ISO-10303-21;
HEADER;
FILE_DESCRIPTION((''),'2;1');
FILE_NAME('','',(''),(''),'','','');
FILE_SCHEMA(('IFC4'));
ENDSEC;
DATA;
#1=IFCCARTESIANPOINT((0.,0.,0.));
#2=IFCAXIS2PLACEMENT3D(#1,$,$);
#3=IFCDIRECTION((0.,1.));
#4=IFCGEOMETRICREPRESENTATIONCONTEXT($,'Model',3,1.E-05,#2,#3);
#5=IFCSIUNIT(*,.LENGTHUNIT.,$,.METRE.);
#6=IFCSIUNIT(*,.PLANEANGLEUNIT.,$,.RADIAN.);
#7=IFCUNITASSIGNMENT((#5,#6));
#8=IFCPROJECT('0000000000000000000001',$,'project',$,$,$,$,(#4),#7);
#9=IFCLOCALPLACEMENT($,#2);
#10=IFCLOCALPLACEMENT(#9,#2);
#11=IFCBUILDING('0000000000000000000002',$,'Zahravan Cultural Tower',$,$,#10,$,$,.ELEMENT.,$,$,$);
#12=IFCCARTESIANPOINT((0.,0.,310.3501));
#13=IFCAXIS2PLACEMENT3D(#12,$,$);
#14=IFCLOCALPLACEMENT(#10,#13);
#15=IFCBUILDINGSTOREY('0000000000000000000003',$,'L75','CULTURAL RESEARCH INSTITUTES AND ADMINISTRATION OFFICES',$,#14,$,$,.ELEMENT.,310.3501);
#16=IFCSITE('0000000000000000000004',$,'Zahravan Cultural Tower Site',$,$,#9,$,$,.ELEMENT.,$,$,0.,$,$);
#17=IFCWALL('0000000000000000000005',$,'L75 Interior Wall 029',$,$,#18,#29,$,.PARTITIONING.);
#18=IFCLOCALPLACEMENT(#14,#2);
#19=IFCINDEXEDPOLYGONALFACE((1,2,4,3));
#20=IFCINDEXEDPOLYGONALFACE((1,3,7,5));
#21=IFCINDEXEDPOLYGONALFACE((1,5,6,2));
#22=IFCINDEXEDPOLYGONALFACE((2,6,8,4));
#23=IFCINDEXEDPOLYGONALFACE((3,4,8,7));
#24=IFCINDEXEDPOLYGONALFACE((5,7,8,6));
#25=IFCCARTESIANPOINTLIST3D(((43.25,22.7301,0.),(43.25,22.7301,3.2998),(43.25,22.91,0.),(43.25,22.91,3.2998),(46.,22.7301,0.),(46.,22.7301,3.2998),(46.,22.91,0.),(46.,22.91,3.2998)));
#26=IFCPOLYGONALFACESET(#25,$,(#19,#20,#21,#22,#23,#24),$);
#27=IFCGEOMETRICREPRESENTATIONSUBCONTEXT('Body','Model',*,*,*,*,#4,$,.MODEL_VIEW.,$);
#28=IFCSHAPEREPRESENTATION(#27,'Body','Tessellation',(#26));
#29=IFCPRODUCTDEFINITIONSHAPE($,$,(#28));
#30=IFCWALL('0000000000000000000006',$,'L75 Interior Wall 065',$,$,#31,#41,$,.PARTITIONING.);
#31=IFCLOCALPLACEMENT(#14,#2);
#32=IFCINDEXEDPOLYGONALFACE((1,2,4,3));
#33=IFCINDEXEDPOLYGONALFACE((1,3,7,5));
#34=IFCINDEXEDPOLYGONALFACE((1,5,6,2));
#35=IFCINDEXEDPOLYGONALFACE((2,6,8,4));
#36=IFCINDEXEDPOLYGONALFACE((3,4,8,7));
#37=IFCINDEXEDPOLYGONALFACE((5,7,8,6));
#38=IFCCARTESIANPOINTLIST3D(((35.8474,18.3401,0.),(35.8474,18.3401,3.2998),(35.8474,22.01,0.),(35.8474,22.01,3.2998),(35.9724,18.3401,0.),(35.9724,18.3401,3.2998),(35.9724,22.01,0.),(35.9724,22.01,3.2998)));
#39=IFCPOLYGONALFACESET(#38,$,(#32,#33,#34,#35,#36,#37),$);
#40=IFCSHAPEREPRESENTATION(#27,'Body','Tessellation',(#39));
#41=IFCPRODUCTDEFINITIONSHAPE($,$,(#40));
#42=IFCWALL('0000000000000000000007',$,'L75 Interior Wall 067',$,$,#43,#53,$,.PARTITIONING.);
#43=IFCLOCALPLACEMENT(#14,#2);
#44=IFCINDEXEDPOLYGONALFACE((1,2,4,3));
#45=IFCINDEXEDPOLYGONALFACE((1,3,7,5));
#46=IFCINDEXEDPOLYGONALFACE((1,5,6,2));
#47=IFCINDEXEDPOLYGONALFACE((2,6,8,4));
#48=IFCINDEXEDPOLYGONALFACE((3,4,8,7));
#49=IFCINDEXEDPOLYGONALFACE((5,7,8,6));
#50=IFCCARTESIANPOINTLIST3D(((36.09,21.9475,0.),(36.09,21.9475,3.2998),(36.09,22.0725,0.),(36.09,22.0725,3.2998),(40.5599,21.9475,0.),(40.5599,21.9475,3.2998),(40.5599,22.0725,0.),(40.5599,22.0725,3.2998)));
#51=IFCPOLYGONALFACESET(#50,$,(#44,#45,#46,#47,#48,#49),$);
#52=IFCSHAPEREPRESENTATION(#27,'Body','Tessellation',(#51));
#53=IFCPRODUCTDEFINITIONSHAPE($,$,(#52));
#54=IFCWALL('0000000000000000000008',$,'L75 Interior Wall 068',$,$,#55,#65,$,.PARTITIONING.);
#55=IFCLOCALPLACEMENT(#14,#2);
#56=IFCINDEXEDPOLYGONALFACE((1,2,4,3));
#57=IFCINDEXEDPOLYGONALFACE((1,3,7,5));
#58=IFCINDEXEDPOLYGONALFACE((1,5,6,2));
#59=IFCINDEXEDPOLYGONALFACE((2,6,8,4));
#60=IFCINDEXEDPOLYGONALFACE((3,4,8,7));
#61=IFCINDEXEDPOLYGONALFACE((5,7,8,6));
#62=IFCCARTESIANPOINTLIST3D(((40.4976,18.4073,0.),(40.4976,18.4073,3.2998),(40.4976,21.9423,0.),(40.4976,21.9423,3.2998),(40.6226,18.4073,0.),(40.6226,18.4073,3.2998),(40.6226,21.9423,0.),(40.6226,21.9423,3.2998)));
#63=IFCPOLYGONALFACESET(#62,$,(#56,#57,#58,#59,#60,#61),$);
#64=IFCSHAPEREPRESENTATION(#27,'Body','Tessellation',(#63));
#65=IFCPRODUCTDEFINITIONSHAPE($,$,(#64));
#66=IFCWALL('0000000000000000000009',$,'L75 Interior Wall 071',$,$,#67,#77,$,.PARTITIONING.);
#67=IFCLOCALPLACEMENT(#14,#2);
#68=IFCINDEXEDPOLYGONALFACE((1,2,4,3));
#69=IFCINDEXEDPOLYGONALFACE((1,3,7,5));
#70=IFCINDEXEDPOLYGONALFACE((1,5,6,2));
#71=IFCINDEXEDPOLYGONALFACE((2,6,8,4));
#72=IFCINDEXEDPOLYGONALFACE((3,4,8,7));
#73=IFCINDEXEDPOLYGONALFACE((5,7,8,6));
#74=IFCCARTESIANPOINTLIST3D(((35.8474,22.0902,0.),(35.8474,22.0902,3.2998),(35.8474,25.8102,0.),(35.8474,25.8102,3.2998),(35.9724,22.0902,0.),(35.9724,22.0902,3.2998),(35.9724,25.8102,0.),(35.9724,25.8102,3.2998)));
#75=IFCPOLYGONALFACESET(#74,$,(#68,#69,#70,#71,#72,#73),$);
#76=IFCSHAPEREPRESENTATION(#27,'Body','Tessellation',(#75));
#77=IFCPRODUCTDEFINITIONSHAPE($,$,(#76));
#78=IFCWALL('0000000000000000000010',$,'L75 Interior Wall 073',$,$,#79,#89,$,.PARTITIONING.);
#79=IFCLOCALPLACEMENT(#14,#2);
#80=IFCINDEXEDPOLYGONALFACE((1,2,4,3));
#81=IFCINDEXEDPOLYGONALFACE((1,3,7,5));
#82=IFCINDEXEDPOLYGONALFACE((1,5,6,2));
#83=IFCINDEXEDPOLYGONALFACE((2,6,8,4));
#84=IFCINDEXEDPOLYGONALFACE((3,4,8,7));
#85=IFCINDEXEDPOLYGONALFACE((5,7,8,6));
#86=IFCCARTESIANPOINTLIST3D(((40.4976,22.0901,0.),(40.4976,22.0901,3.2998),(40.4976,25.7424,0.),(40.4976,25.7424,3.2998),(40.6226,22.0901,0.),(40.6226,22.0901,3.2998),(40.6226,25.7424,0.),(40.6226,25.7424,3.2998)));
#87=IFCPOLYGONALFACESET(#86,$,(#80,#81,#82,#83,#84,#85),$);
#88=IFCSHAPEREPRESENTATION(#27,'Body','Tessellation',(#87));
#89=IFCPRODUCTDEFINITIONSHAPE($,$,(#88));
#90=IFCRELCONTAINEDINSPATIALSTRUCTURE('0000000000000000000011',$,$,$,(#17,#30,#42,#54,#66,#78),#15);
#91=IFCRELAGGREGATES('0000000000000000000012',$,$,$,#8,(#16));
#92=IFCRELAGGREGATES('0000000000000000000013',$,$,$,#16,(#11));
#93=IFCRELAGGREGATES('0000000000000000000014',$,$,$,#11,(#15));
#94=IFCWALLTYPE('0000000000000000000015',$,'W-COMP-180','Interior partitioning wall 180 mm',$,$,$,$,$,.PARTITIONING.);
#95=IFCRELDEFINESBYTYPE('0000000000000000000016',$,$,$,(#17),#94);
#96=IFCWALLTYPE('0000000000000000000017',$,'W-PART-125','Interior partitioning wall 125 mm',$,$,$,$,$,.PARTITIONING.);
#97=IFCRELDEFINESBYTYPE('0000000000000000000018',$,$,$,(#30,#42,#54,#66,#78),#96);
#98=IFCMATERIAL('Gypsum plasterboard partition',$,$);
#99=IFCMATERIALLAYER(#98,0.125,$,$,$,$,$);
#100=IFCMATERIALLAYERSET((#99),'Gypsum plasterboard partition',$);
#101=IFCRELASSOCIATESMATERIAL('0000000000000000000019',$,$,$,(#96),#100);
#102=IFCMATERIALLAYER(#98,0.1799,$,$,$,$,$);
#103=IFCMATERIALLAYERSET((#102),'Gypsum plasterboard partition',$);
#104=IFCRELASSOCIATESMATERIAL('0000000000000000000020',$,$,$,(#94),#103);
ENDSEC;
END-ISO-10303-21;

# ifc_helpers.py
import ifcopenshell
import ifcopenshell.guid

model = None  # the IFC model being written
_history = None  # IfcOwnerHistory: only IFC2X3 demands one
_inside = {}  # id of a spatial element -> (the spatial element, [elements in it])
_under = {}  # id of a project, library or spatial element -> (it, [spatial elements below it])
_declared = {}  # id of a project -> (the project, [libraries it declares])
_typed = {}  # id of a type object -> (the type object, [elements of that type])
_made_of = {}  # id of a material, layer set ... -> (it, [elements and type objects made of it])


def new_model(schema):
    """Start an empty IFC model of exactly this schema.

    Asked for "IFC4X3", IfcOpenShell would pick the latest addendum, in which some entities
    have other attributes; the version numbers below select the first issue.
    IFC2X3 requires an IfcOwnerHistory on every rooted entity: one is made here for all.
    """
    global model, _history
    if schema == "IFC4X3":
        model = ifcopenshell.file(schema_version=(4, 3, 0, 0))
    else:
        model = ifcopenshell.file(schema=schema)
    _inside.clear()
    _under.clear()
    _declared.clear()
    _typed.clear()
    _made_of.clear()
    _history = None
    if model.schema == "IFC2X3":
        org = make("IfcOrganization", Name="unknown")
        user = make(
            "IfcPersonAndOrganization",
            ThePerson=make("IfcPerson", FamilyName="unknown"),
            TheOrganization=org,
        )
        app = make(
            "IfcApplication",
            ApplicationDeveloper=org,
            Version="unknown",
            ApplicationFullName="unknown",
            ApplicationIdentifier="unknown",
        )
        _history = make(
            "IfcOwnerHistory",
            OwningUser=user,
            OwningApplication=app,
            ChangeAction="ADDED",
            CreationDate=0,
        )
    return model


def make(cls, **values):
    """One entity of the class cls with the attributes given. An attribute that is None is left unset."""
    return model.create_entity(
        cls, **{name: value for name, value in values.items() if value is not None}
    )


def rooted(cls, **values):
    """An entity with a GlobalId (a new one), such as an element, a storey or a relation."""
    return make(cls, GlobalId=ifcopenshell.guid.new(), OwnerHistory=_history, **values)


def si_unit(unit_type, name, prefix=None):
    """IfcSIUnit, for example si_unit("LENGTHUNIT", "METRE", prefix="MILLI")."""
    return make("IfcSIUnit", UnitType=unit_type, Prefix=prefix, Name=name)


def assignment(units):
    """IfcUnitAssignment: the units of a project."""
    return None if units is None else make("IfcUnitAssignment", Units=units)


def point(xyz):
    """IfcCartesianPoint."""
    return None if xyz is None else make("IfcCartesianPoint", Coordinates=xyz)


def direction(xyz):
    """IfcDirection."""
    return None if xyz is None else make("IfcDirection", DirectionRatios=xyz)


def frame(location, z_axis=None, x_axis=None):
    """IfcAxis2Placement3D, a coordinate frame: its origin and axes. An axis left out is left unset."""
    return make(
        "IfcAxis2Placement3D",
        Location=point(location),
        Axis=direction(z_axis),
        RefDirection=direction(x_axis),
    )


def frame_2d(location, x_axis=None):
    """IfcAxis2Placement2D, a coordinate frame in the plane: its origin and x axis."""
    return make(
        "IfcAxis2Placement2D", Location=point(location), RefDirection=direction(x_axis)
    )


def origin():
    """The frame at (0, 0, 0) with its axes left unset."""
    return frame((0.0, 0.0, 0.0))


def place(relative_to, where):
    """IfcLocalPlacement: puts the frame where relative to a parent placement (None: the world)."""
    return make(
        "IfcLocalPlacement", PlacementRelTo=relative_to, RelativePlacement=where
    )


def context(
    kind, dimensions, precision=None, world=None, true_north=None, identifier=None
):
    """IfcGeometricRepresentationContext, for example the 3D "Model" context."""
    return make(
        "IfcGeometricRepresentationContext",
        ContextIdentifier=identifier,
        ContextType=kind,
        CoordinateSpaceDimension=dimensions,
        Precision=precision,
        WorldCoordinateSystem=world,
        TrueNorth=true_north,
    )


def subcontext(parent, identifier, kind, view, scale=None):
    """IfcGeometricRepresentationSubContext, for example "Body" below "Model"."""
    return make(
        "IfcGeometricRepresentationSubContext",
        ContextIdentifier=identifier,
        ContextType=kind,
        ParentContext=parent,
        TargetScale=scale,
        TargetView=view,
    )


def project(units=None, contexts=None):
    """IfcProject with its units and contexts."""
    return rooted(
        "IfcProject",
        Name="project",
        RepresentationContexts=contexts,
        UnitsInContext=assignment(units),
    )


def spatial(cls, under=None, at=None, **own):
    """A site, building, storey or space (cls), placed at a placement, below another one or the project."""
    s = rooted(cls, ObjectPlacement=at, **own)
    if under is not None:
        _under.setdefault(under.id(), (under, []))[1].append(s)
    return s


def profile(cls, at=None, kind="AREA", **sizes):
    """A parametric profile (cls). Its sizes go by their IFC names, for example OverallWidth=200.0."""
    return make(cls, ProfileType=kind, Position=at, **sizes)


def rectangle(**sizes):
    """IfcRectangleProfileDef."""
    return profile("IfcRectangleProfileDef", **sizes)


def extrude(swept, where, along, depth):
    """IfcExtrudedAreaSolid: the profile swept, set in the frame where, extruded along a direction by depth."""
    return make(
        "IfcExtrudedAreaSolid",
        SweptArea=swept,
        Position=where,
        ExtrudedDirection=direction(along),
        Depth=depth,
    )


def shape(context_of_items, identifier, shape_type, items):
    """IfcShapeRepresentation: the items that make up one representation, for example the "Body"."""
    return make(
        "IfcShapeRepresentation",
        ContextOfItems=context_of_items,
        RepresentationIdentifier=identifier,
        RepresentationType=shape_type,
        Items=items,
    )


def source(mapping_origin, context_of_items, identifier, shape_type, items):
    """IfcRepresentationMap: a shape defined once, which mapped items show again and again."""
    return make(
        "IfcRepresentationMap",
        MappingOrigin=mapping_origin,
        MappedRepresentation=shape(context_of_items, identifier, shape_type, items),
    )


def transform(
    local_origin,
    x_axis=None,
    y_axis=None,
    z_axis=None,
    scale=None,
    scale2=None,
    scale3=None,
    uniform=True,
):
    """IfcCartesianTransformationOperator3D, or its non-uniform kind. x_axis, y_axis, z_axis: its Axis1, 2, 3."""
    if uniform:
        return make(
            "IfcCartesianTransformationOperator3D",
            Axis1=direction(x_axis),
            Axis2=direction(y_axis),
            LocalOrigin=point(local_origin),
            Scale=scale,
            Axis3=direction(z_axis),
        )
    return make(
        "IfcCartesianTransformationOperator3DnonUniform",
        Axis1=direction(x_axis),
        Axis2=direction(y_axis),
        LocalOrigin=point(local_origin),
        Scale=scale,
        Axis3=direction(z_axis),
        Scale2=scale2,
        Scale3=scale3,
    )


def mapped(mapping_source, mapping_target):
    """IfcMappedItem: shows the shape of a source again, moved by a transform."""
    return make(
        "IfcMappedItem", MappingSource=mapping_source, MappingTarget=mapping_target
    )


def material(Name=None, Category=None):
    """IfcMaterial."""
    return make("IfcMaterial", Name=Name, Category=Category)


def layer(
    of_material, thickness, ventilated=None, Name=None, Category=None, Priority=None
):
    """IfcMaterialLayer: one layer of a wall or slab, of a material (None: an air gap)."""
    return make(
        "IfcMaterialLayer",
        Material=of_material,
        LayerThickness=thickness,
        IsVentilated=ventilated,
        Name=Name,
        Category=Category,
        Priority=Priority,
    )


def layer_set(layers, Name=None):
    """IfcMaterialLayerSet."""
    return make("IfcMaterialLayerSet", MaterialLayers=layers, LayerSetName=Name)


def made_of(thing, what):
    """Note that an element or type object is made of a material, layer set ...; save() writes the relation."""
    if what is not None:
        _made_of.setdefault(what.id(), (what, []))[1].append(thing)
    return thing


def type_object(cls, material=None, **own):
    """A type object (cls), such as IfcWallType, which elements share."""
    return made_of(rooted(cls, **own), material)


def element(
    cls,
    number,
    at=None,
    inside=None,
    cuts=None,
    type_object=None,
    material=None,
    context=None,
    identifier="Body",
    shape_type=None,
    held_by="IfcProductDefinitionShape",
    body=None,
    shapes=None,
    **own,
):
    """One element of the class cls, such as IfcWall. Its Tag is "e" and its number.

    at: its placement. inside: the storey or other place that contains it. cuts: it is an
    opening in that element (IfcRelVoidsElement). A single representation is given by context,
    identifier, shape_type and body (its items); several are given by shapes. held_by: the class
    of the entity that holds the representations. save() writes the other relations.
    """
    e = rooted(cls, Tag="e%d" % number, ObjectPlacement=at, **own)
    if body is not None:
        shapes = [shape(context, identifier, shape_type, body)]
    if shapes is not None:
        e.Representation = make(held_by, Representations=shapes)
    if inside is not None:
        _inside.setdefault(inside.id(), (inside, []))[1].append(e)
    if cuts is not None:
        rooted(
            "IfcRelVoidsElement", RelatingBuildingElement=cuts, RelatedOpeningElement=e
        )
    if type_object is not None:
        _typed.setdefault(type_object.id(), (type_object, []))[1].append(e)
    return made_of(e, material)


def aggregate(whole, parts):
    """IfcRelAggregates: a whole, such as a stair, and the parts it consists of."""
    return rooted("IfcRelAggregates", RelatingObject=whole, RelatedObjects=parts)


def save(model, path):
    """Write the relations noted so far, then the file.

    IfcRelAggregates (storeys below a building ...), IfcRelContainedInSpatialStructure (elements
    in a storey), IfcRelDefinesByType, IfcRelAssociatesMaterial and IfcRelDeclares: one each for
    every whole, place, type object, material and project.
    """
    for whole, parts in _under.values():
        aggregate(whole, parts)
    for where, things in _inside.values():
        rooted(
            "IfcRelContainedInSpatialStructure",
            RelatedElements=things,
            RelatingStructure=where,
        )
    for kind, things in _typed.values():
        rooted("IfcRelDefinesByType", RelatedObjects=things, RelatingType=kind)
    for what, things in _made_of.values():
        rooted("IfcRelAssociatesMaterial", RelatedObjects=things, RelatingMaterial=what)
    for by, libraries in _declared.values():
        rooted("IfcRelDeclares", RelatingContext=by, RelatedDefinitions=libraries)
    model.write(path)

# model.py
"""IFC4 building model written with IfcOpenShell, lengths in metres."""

from ifc_helpers import new_model, si_unit, direction, frame, frame_2d, origin, place, context, subcontext, project, spatial, rectangle, extrude, source, transform, mapped, material, layer, layer_set, type_object, element, save


model = new_model("IFC4")

# Units and contexts
model_context = context("Model", 3, precision=1e-05, world=origin(), true_north=direction((0.0, 1.0)))
body_context = subcontext(model_context, "Body", "Model", "MODEL_VIEW")
ifc_project = project(units=[si_unit("LENGTHUNIT", "METRE"), si_unit("PLANEANGLEUNIT", "RADIAN")], contexts=[model_context])

# Site, building, storey
site_placement = place(None, origin())
site = spatial("IfcSite", under=ifc_project, at=site_placement, Name="Zahravan Cultural Tower Site", CompositionType="ELEMENT", RefElevation=0.0)
building_placement = place(site_placement, origin())
building = spatial("IfcBuilding", under=site, at=building_placement, Name="Zahravan Cultural Tower", CompositionType="ELEMENT")
storey_placement = place(building_placement, frame((0.0, 0.0, 310.3501)))
storey = spatial("IfcBuildingStorey", under=building, at=storey_placement, Name="L75", Description="CULTURAL RESEARCH INSTITUTES AND ADMINISTRATION OFFICES", CompositionType="ELEMENT", Elevation=310.3501)

# Shared definitions
ifc_material_1 = material(Name="Gypsum plasterboard partition")
ifc_layer_1 = layer(ifc_material_1, 0.125)
ifc_layer_set_1 = layer_set([ifc_layer_1], Name="Gypsum plasterboard partition")
wall_type_1 = type_object("IfcWallType", Name="W-PART-125", Description="Interior partitioning wall 125 mm", PredefinedType="PARTITIONING", material=ifc_layer_set_1)

# Walls
ifc_layer_2 = layer(ifc_material_1, 0.1799)
ifc_layer_set_2 = layer_set([ifc_layer_2], Name="Gypsum plasterboard partition")
wall_type_2 = type_object("IfcWallType", Name="W-COMP-180", Description="Interior partitioning wall 180 mm", PredefinedType="PARTITIONING", material=ifc_layer_set_2)
shared_shape_1 = source(origin(), body_context, "Body", "SweptSolid", [
    extrude(rectangle(XDim=2.75, YDim=0.1799, at=frame_2d((1.375, 0.0))), origin(), (0.0, 0.0, 1.0), 3.2998),
])
wall_1_placement = place(storey_placement, frame((43.25, 22.8201, 0.0), z_axis=(0.0, 0.0, 1.0), x_axis=(1.0, 0.0, 0.0)))
element("IfcWall", 1, at=wall_1_placement, inside=storey, type_object=wall_type_2, Name="L75 Interior Wall 029", PredefinedType="PARTITIONING", context=body_context, shape_type="MappedRepresentation", body=[
    mapped(shared_shape_1, transform((0.0, 0.0, 0.0), x_axis=(1.0, 0.0, 0.0), y_axis=(0.0, 1.0, 0.0), z_axis=(0.0, 0.0, 1.0), scale=1.0)),
])
shared_shape_2 = source(origin(), body_context, "Body", "SweptSolid", [
    extrude(rectangle(XDim=3.6699, YDim=0.125, at=frame_2d((1.835, 0.0))), origin(), (0.0, 0.0, 1.0), 3.2998),
])
wall_2_placement = place(storey_placement, frame((35.9099, 22.01, 0.0), z_axis=(0.0, 0.0, 1.0), x_axis=(0.0, -1.0, 0.0)))
element("IfcWall", 2, at=wall_2_placement, inside=storey, type_object=wall_type_1, Name="L75 Interior Wall 065", PredefinedType="PARTITIONING", context=body_context, shape_type="MappedRepresentation", body=[
    mapped(shared_shape_2, transform((0.0, 0.0, 0.0), x_axis=(1.0, 0.0, 0.0), y_axis=(0.0, 1.0, 0.0), z_axis=(0.0, 0.0, 1.0), scale=1.0)),
])
shared_shape_3 = source(origin(), body_context, "Body", "SweptSolid", [
    extrude(rectangle(XDim=4.47, YDim=0.125, at=frame_2d((2.2349, 0.0))), origin(), (0.0, 0.0, 1.0), 3.2998),
])
wall_3_placement = place(storey_placement, frame((36.0901, 22.01, 0.0), z_axis=(0.0, 0.0, 1.0), x_axis=(1.0, 0.0, 0.0)))
element("IfcWall", 3, at=wall_3_placement, inside=storey, type_object=wall_type_1, Name="L75 Interior Wall 067", PredefinedType="PARTITIONING", context=body_context, shape_type="MappedRepresentation", body=[
    mapped(shared_shape_3, transform((0.0, 0.0, 0.0), x_axis=(1.0, 0.0, 0.0), y_axis=(0.0, 1.0, 0.0), z_axis=(0.0, 0.0, 1.0), scale=1.0)),
])
shared_shape_4 = source(origin(), body_context, "Body", "SweptSolid", [
    extrude(rectangle(XDim=3.5349, YDim=0.125, at=frame_2d((1.7676, 0.0))), origin(), (0.0, 0.0, 1.0), 3.2998),
])
wall_4_placement = place(storey_placement, frame((40.5601, 21.9424, 0.0), z_axis=(0.0, 0.0, 1.0), x_axis=(0.0, -1.0, 0.0)))
element("IfcWall", 4, at=wall_4_placement, inside=storey, type_object=wall_type_1, Name="L75 Interior Wall 068", PredefinedType="PARTITIONING", context=body_context, shape_type="MappedRepresentation", body=[
    mapped(shared_shape_4, transform((0.0, 0.0, 0.0), x_axis=(1.0, 0.0, 0.0), y_axis=(0.0, 1.0, 0.0), z_axis=(0.0, 0.0, 1.0), scale=1.0)),
])
shared_shape_5 = source(origin(), body_context, "Body", "SweptSolid", [
    extrude(rectangle(XDim=3.72, YDim=0.125, at=frame_2d((1.8599, 0.0))), origin(), (0.0, 0.0, 1.0), 3.2998),
])
wall_5_placement = place(storey_placement, frame((35.9099, 25.8101, 0.0), z_axis=(0.0, 0.0, 1.0), x_axis=(0.0, -1.0, 0.0)))
element("IfcWall", 5, at=wall_5_placement, inside=storey, type_object=wall_type_1, Name="L75 Interior Wall 071", PredefinedType="PARTITIONING", context=body_context, shape_type="MappedRepresentation", body=[
    mapped(shared_shape_5, transform((0.0, 0.0, 0.0), x_axis=(1.0, 0.0, 0.0), y_axis=(0.0, 1.0, 0.0), z_axis=(0.0, 0.0, 1.0), scale=1.0)),
])
shared_shape_6 = source(origin(), body_context, "Body", "SweptSolid", [
    extrude(rectangle(XDim=3.6523, YDim=0.125, at=frame_2d((1.8262, 0.0))), origin(), (0.0, 0.0, 1.0), 3.2998),
])
wall_6_placement = place(storey_placement, frame((40.5601, 25.7424, 0.0), z_axis=(0.0, 0.0, 1.0), x_axis=(0.0, -1.0, 0.0)))
element("IfcWall", 6, at=wall_6_placement, inside=storey, type_object=wall_type_1, Name="L75 Interior Wall 073", PredefinedType="PARTITIONING", context=body_context, shape_type="MappedRepresentation", body=[
    mapped(shared_shape_6, transform((0.0, 0.0, 0.0), x_axis=(1.0, 0.0, 0.0), y_axis=(0.0, 1.0, 0.0), z_axis=(0.0, 0.0, 1.0), scale=1.0)),
])

save(model, "model.ifc")
